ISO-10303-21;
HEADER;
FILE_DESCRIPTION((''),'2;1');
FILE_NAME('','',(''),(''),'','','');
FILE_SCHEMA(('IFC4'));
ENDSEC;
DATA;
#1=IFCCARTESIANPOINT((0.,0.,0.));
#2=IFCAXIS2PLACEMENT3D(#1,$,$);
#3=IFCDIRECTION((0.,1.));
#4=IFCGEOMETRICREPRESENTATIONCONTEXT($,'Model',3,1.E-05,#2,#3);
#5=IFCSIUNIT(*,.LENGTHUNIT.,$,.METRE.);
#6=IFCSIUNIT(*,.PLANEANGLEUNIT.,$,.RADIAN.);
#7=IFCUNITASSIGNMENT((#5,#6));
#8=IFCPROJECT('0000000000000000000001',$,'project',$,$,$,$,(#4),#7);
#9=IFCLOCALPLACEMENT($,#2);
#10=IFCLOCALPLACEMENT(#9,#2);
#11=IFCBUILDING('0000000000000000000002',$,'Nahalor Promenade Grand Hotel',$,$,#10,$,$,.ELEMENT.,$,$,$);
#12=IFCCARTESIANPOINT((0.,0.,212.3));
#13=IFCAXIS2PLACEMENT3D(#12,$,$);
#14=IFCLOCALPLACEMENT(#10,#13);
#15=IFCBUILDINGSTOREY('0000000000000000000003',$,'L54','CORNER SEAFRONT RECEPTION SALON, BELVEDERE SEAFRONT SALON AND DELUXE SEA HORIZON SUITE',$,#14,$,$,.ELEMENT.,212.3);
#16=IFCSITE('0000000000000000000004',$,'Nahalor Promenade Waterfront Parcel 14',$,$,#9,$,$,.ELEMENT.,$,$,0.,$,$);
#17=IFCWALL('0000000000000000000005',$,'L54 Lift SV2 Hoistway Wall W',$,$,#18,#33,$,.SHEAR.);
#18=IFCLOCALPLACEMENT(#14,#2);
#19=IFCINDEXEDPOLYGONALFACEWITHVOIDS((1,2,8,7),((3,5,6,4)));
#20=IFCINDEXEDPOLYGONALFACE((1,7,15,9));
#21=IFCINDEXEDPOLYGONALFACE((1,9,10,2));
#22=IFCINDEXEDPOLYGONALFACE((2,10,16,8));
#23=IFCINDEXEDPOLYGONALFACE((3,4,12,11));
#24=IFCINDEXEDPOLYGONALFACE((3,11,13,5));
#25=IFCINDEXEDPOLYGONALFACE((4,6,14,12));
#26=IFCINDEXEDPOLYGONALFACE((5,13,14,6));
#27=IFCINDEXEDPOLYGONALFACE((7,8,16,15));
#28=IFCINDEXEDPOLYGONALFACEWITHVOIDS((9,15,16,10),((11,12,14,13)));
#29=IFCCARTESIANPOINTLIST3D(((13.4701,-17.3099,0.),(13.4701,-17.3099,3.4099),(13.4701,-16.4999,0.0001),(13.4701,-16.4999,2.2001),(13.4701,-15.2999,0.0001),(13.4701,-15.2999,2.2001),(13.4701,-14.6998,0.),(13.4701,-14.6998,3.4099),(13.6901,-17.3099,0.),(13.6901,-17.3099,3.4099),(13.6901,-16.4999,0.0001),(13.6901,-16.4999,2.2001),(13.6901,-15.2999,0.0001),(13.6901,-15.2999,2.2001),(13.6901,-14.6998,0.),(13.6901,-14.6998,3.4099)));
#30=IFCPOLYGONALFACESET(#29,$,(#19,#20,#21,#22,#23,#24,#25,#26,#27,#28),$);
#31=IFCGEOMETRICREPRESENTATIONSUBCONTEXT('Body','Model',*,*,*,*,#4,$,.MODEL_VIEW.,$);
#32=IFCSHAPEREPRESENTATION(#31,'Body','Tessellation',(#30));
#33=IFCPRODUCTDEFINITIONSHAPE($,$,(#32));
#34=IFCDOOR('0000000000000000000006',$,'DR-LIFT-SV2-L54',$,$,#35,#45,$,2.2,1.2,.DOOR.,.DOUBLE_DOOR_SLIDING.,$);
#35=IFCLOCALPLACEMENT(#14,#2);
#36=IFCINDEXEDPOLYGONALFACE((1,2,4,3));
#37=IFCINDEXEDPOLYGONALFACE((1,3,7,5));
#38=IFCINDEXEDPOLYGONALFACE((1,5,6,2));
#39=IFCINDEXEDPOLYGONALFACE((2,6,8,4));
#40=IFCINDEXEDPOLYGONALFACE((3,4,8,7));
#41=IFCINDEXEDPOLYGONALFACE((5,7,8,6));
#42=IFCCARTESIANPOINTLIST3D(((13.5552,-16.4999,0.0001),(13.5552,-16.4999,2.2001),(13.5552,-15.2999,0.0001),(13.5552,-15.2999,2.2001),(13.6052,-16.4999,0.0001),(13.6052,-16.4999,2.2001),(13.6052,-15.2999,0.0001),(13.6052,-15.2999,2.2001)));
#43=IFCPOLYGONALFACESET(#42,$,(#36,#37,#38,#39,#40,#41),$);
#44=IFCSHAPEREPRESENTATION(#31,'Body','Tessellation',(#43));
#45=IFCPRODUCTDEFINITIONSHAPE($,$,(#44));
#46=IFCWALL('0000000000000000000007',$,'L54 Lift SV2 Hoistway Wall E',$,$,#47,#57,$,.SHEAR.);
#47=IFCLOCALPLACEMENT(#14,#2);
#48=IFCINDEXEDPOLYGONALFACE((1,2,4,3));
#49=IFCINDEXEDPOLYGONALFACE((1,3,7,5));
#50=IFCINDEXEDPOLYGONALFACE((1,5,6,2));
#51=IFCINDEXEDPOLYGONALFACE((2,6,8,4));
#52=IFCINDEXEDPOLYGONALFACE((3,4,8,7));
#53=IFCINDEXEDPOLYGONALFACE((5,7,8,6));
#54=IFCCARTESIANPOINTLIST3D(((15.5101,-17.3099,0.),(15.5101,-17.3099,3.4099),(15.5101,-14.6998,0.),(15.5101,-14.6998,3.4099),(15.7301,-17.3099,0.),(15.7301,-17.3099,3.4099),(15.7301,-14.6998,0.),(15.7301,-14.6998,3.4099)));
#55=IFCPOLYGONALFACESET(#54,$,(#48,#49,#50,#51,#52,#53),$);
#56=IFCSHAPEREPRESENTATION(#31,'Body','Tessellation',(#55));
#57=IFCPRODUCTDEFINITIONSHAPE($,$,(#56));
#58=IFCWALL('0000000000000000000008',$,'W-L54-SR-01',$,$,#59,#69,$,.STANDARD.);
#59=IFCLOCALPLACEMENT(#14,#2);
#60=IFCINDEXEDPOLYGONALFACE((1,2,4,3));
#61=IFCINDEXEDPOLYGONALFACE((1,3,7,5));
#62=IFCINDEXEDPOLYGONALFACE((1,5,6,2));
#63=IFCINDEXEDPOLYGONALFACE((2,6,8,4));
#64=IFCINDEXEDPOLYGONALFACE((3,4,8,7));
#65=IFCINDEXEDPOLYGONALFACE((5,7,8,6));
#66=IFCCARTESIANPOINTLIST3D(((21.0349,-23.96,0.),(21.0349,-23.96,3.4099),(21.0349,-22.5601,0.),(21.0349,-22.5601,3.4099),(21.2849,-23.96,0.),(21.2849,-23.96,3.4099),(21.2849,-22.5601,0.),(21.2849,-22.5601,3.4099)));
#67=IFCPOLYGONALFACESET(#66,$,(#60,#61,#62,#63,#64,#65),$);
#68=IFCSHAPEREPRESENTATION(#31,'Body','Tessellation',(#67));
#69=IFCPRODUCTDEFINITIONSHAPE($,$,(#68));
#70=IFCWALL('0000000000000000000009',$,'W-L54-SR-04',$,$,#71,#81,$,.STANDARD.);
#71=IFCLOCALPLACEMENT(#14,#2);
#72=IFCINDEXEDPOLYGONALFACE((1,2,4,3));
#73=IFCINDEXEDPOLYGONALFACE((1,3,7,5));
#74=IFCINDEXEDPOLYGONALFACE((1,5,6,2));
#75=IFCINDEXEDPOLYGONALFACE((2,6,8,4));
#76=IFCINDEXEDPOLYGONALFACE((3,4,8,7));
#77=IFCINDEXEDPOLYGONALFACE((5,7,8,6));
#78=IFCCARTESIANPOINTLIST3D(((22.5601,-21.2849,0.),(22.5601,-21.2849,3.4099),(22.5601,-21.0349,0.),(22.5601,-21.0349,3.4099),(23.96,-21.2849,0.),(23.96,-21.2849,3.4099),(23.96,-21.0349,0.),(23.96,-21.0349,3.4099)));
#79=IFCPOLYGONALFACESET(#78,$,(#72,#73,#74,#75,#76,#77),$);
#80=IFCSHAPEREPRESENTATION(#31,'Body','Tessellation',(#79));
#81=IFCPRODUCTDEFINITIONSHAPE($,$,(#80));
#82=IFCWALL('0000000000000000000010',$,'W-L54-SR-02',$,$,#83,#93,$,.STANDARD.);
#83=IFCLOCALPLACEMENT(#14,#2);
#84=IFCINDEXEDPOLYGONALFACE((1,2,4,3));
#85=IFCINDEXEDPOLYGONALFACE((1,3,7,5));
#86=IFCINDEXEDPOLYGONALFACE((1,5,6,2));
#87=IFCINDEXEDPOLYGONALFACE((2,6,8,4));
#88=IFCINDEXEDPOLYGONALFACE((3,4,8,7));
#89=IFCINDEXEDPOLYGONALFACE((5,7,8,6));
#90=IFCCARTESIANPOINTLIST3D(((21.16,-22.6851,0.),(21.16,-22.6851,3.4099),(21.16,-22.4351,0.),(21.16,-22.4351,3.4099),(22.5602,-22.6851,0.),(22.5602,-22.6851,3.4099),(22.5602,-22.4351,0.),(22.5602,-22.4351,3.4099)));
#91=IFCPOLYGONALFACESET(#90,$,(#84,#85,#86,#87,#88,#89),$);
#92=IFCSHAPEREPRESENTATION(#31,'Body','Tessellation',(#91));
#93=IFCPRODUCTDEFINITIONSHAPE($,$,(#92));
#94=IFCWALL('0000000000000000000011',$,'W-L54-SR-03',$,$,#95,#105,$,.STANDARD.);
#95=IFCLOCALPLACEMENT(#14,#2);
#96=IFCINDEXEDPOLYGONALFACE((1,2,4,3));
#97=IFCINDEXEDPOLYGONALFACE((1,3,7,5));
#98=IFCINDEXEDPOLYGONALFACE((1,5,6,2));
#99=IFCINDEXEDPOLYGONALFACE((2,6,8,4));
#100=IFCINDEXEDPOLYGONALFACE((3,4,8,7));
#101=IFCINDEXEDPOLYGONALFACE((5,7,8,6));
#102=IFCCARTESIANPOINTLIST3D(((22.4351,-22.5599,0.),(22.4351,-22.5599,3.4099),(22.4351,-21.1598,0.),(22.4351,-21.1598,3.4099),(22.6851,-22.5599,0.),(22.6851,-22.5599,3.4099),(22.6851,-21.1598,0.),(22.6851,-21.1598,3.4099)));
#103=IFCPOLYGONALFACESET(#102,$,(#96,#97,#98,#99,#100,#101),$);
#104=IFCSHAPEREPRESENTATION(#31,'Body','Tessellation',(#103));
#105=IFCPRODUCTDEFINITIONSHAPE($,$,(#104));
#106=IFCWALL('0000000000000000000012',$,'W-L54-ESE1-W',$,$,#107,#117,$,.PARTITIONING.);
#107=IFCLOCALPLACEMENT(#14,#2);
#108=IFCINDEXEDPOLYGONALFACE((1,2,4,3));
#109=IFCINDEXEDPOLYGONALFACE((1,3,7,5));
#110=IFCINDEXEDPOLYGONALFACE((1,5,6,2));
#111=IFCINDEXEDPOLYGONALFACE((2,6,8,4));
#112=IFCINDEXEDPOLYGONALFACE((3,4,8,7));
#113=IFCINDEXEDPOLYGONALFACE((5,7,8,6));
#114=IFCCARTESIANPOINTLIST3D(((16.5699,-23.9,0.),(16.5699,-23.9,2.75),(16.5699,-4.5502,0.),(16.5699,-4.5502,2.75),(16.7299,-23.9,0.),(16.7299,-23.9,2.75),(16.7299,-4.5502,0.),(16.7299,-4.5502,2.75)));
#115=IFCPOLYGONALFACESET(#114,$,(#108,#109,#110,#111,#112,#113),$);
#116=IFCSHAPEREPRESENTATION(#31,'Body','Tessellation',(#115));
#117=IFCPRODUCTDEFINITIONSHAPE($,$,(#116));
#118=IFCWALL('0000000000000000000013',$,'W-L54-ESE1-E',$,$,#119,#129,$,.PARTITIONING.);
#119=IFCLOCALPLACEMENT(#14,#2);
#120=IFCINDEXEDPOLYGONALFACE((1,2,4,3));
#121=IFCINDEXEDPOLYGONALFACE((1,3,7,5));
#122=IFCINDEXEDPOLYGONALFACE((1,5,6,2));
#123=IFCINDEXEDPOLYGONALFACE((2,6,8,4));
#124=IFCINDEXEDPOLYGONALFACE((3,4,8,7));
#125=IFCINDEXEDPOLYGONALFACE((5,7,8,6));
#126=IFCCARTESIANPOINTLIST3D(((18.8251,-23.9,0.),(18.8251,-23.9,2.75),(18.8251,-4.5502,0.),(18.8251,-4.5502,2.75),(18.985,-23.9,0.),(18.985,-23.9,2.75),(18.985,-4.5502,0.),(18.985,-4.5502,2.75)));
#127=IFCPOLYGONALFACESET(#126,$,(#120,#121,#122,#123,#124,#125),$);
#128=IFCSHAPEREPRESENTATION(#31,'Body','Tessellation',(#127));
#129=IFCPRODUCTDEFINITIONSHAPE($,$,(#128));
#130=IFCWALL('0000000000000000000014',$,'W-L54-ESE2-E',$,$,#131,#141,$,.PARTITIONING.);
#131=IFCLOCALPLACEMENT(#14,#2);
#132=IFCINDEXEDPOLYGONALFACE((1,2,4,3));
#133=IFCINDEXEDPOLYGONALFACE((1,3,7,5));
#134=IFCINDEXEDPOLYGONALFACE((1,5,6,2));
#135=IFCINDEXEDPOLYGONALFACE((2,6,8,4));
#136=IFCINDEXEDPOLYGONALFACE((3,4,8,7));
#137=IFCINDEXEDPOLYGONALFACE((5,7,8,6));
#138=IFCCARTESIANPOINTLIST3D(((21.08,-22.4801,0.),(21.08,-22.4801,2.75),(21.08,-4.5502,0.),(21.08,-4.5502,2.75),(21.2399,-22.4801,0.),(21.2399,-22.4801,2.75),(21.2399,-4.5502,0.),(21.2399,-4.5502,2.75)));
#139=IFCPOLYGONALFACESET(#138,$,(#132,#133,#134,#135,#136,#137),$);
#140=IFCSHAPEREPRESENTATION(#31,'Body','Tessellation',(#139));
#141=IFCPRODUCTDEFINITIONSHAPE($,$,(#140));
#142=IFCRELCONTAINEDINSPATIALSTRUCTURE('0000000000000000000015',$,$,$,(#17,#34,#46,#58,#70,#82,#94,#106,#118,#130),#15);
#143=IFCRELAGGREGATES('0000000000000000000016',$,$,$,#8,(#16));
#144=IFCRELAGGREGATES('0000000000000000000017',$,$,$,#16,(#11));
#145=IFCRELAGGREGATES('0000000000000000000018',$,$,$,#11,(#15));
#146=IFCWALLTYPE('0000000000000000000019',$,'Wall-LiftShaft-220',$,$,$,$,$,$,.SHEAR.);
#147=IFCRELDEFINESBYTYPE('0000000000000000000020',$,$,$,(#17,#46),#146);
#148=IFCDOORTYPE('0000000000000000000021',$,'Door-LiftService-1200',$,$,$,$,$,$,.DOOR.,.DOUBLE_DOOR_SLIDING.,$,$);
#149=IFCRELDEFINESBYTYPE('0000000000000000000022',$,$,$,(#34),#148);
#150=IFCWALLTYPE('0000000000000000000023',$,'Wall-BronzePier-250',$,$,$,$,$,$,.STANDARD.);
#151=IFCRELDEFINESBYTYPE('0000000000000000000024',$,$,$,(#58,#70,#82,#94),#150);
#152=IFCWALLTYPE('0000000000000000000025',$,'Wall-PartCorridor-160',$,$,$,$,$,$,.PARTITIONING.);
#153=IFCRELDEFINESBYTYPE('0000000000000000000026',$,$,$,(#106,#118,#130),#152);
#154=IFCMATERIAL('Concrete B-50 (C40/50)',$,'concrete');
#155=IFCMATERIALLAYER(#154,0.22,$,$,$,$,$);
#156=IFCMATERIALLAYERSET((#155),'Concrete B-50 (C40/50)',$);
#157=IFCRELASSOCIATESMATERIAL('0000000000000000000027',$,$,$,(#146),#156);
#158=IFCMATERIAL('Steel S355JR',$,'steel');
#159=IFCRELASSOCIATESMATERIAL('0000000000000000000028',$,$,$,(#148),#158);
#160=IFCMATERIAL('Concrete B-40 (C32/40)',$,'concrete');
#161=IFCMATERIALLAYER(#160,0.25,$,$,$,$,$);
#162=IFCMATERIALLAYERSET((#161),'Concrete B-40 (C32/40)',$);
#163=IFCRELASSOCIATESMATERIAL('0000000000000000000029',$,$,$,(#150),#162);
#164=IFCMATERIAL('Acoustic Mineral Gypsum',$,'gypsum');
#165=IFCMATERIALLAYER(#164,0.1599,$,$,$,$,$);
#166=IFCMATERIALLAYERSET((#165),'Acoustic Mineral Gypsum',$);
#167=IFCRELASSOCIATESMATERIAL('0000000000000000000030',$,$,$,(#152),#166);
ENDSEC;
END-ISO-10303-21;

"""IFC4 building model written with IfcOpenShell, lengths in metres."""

from ifc_helpers import new_model, si_unit, direction, frame, frame_2d, origin, place, context, subcontext, project, spatial, rectangle, extrude, source, transform, mapped, material, layer, layer_set, type_object, element, fill, save


model = new_model("IFC4")

# Units and contexts
model_context = context("Model", 3, precision=1e-05, world=origin(), true_north=direction((0.0, 1.0)))
body_context = subcontext(model_context, "Body", "Model", "MODEL_VIEW")
ifc_project = project(units=[si_unit("LENGTHUNIT", "METRE"), si_unit("PLANEANGLEUNIT", "RADIAN")], contexts=[model_context])

# Site, building, storey
site_placement = place(None, origin())
site = spatial("IfcSite", under=ifc_project, at=site_placement, Name="Nahalor Promenade Waterfront Parcel 14", CompositionType="ELEMENT", RefElevation=0.0)
building_placement = place(site_placement, origin())
building = spatial("IfcBuilding", under=site, at=building_placement, Name="Nahalor Promenade Grand Hotel", CompositionType="ELEMENT")
storey_placement = place(building_placement, frame((0.0, 0.0, 212.3)))
storey = spatial("IfcBuildingStorey", under=building, at=storey_placement, Name="L54", Description="CORNER SEAFRONT RECEPTION SALON, BELVEDERE SEAFRONT SALON AND DELUXE SEA HORIZON SUITE", CompositionType="ELEMENT", Elevation=212.3)

# Shared definitions
ifc_material_1 = material(Name="Steel S355JR", Category="steel")

# Shared definitions
ifc_material_2 = material(Name="Concrete B-50 (C40/50)", Category="concrete")
ifc_layer_1 = layer(ifc_material_2, 0.22)
ifc_layer_set_1 = layer_set([ifc_layer_1], Name="Concrete B-50 (C40/50)")
wall_type_1 = type_object("IfcWallType", Name="Wall-LiftShaft-220", PredefinedType="SHEAR", material=ifc_layer_set_1)

# Wall, opening, door
shared_shape_1 = source(origin(), body_context, "Body", "SweptSolid", [
    extrude(rectangle(XDim=2.6101, YDim=0.22, at=frame_2d((1.3052, 0.0))), origin(), (0.0, 0.0, 1.0), 3.4099),
])
wall_1_placement = place(storey_placement, frame((13.5801, -17.3101, 0.0), z_axis=(0.0, 0.0, 1.0), x_axis=(0.0, 1.0, 0.0)))
wall_1 = element("IfcWall", 1, at=wall_1_placement, inside=storey, type_object=wall_type_1, Name="L54 Lift SV2 Hoistway Wall W", PredefinedType="SHEAR", context=body_context, shape_type="MappedRepresentation", body=[
    mapped(shared_shape_1, transform((0.0, 0.0, 0.0), scale=1.0)),
])
opening_placement = place(wall_1_placement, frame((0.8101, 0.0, 0.0)))
opening = element("IfcOpeningElement", 2, at=opening_placement, cuts=wall_1, PredefinedType="OPENING", context=body_context, shape_type="SweptSolid", body=[
    extrude(rectangle(XDim=1.2, YDim=2.2, at=frame_2d((0.6001, 1.1001))), frame((0.0, 0.1199, 0.0), z_axis=(0.0, -1.0, 0.0), x_axis=(1.0, 0.0, 0.0)), (0.0, 0.0, 1.0), 0.24),
])
door_type = type_object("IfcDoorType", Name="Door-LiftService-1200", OperationType="DOUBLE_DOOR_SLIDING", PredefinedType="DOOR", material=ifc_material_1)
shared_shape_2 = source(origin(), body_context, "Body", "SweptSolid", [
    extrude(rectangle(XDim=1.2, YDim=2.2, at=frame_2d((0.6001, 1.1001))), frame((0.0, 0.0249, 0.0), z_axis=(0.0, -1.0, 0.0), x_axis=(1.0, 0.0, 0.0)), (0.0, 0.0, 1.0), 0.05),
])
door_placement = place(opening_placement, origin())
door = element("IfcDoor", 3, at=door_placement, inside=storey, type_object=door_type, Name="DR-LIFT-SV2-L54", OperationType="DOUBLE_DOOR_SLIDING", OverallHeight=2.2, OverallWidth=1.2, PredefinedType="DOOR", context=body_context, shape_type="MappedRepresentation", body=[
    mapped(shared_shape_2, transform((0.0, 0.0, 0.0), scale=1.0)),
])
fill(opening, door)

# Walls
wall_2_placement = place(storey_placement, frame((15.6201, -17.3101, 0.0), z_axis=(0.0, 0.0, 1.0), x_axis=(0.0, 1.0, 0.0)))
element("IfcWall", 4, at=wall_2_placement, inside=storey, type_object=wall_type_1, Name="L54 Lift SV2 Hoistway Wall E", PredefinedType="SHEAR", context=body_context, shape_type="MappedRepresentation", body=[
    mapped(shared_shape_1, transform((0.0, 0.0, 0.0), scale=1.0)),
])
ifc_material_3 = material(Name="Concrete B-40 (C32/40)", Category="concrete")
ifc_layer_2 = layer(ifc_material_3, 0.25)
ifc_layer_set_2 = layer_set([ifc_layer_2], Name="Concrete B-40 (C32/40)")
wall_type_2 = type_object("IfcWallType", Name="Wall-BronzePier-250", PredefinedType="STANDARD", material=ifc_layer_set_2)
shared_shape_3 = source(origin(), body_context, "Body", "SweptSolid", [
    extrude(rectangle(XDim=1.3999, YDim=0.25, at=frame_2d((0.7, 0.0))), origin(), (0.0, 0.0, 1.0), 3.4099),
])
for number, where, z_axis, x_axis, name in (
    (5, (21.1599, -23.96, 0.0), (0.0, 0.0, 1.0), (0.0, 1.0, 0.0), "W-L54-SR-01"),
    (6, (22.5601, -21.1599, 0.0), (0.0, 0.0, 1.0), (1.0, 0.0, 0.0), "W-L54-SR-04"),
):
    element("IfcWall", number, at=place(storey_placement, frame(where, z_axis=z_axis, x_axis=x_axis)), inside=storey, type_object=wall_type_2, Name=name, PredefinedType="STANDARD", context=body_context, shape_type="MappedRepresentation", body=[
        mapped(shared_shape_3, transform((0.0, 0.0, 0.0), scale=1.0)),
    ])
shared_shape_4 = source(origin(), body_context, "Body", "SweptSolid", [
    extrude(rectangle(XDim=1.4001, YDim=0.25, at=frame_2d((0.7002, 0.0))), origin(), (0.0, 0.0, 1.0), 3.4099),
])
for number, where, z_axis, x_axis, name in (
    (7, (21.1599, -22.5601, 0.0), (0.0, 0.0, 1.0), (1.0, 0.0, 0.0), "W-L54-SR-02"),
    (8, (22.5601, -22.5601, 0.0), (0.0, 0.0, 1.0), (0.0, 1.0, 0.0), "W-L54-SR-03"),
):
    element("IfcWall", number, at=place(storey_placement, frame(where, z_axis=z_axis, x_axis=x_axis)), inside=storey, type_object=wall_type_2, Name=name, PredefinedType="STANDARD", context=body_context, shape_type="MappedRepresentation", body=[
        mapped(shared_shape_4, transform((0.0, 0.0, 0.0), scale=1.0)),
    ])
ifc_material_4 = material(Name="Acoustic Mineral Gypsum", Category="gypsum")
ifc_layer_3 = layer(ifc_material_4, 0.1599)
ifc_layer_set_3 = layer_set([ifc_layer_3], Name="Acoustic Mineral Gypsum")
wall_type_3 = type_object("IfcWallType", Name="Wall-PartCorridor-160", PredefinedType="PARTITIONING", material=ifc_layer_set_3)
shared_shape_5 = source(origin(), body_context, "Body", "SweptSolid", [
    extrude(rectangle(XDim=19.3499, YDim=0.1599, at=frame_2d((9.6748, 0.0))), origin(), (0.0, 0.0, 1.0), 2.75),
])
for number, where, z_axis, x_axis, name in (
    (9, (16.6499, -23.8999, 0.0), (0.0, 0.0, 1.0), (0.0, 1.0, 0.0), "W-L54-ESE1-W"),
    (10, (18.905, -23.8999, 0.0), (0.0, 0.0, 1.0), (0.0, 1.0, 0.0), "W-L54-ESE1-E"),
):
    element("IfcWall", number, at=place(storey_placement, frame(where, z_axis=z_axis, x_axis=x_axis)), inside=storey, type_object=wall_type_3, Name=name, PredefinedType="PARTITIONING", context=body_context, shape_type="MappedRepresentation", body=[
        mapped(shared_shape_5, transform((0.0, 0.0, 0.0), scale=1.0)),
    ])
shared_shape_6 = source(origin(), body_context, "Body", "SweptSolid", [
    extrude(rectangle(XDim=17.9299, YDim=0.1599, at=frame_2d((8.9648, 0.0))), origin(), (0.0, 0.0, 1.0), 2.75),
])
wall_3_placement = place(storey_placement, frame((21.1599, -22.48, 0.0), z_axis=(0.0, 0.0, 1.0), x_axis=(0.0, 1.0, 0.0)))
element("IfcWall", 11, at=wall_3_placement, inside=storey, type_object=wall_type_3, Name="W-L54-ESE2-E", PredefinedType="PARTITIONING", context=body_context, shape_type="MappedRepresentation", body=[
    mapped(shared_shape_6, transform((0.0, 0.0, 0.0), scale=1.0)),
])

save(model, "model.ifc")
